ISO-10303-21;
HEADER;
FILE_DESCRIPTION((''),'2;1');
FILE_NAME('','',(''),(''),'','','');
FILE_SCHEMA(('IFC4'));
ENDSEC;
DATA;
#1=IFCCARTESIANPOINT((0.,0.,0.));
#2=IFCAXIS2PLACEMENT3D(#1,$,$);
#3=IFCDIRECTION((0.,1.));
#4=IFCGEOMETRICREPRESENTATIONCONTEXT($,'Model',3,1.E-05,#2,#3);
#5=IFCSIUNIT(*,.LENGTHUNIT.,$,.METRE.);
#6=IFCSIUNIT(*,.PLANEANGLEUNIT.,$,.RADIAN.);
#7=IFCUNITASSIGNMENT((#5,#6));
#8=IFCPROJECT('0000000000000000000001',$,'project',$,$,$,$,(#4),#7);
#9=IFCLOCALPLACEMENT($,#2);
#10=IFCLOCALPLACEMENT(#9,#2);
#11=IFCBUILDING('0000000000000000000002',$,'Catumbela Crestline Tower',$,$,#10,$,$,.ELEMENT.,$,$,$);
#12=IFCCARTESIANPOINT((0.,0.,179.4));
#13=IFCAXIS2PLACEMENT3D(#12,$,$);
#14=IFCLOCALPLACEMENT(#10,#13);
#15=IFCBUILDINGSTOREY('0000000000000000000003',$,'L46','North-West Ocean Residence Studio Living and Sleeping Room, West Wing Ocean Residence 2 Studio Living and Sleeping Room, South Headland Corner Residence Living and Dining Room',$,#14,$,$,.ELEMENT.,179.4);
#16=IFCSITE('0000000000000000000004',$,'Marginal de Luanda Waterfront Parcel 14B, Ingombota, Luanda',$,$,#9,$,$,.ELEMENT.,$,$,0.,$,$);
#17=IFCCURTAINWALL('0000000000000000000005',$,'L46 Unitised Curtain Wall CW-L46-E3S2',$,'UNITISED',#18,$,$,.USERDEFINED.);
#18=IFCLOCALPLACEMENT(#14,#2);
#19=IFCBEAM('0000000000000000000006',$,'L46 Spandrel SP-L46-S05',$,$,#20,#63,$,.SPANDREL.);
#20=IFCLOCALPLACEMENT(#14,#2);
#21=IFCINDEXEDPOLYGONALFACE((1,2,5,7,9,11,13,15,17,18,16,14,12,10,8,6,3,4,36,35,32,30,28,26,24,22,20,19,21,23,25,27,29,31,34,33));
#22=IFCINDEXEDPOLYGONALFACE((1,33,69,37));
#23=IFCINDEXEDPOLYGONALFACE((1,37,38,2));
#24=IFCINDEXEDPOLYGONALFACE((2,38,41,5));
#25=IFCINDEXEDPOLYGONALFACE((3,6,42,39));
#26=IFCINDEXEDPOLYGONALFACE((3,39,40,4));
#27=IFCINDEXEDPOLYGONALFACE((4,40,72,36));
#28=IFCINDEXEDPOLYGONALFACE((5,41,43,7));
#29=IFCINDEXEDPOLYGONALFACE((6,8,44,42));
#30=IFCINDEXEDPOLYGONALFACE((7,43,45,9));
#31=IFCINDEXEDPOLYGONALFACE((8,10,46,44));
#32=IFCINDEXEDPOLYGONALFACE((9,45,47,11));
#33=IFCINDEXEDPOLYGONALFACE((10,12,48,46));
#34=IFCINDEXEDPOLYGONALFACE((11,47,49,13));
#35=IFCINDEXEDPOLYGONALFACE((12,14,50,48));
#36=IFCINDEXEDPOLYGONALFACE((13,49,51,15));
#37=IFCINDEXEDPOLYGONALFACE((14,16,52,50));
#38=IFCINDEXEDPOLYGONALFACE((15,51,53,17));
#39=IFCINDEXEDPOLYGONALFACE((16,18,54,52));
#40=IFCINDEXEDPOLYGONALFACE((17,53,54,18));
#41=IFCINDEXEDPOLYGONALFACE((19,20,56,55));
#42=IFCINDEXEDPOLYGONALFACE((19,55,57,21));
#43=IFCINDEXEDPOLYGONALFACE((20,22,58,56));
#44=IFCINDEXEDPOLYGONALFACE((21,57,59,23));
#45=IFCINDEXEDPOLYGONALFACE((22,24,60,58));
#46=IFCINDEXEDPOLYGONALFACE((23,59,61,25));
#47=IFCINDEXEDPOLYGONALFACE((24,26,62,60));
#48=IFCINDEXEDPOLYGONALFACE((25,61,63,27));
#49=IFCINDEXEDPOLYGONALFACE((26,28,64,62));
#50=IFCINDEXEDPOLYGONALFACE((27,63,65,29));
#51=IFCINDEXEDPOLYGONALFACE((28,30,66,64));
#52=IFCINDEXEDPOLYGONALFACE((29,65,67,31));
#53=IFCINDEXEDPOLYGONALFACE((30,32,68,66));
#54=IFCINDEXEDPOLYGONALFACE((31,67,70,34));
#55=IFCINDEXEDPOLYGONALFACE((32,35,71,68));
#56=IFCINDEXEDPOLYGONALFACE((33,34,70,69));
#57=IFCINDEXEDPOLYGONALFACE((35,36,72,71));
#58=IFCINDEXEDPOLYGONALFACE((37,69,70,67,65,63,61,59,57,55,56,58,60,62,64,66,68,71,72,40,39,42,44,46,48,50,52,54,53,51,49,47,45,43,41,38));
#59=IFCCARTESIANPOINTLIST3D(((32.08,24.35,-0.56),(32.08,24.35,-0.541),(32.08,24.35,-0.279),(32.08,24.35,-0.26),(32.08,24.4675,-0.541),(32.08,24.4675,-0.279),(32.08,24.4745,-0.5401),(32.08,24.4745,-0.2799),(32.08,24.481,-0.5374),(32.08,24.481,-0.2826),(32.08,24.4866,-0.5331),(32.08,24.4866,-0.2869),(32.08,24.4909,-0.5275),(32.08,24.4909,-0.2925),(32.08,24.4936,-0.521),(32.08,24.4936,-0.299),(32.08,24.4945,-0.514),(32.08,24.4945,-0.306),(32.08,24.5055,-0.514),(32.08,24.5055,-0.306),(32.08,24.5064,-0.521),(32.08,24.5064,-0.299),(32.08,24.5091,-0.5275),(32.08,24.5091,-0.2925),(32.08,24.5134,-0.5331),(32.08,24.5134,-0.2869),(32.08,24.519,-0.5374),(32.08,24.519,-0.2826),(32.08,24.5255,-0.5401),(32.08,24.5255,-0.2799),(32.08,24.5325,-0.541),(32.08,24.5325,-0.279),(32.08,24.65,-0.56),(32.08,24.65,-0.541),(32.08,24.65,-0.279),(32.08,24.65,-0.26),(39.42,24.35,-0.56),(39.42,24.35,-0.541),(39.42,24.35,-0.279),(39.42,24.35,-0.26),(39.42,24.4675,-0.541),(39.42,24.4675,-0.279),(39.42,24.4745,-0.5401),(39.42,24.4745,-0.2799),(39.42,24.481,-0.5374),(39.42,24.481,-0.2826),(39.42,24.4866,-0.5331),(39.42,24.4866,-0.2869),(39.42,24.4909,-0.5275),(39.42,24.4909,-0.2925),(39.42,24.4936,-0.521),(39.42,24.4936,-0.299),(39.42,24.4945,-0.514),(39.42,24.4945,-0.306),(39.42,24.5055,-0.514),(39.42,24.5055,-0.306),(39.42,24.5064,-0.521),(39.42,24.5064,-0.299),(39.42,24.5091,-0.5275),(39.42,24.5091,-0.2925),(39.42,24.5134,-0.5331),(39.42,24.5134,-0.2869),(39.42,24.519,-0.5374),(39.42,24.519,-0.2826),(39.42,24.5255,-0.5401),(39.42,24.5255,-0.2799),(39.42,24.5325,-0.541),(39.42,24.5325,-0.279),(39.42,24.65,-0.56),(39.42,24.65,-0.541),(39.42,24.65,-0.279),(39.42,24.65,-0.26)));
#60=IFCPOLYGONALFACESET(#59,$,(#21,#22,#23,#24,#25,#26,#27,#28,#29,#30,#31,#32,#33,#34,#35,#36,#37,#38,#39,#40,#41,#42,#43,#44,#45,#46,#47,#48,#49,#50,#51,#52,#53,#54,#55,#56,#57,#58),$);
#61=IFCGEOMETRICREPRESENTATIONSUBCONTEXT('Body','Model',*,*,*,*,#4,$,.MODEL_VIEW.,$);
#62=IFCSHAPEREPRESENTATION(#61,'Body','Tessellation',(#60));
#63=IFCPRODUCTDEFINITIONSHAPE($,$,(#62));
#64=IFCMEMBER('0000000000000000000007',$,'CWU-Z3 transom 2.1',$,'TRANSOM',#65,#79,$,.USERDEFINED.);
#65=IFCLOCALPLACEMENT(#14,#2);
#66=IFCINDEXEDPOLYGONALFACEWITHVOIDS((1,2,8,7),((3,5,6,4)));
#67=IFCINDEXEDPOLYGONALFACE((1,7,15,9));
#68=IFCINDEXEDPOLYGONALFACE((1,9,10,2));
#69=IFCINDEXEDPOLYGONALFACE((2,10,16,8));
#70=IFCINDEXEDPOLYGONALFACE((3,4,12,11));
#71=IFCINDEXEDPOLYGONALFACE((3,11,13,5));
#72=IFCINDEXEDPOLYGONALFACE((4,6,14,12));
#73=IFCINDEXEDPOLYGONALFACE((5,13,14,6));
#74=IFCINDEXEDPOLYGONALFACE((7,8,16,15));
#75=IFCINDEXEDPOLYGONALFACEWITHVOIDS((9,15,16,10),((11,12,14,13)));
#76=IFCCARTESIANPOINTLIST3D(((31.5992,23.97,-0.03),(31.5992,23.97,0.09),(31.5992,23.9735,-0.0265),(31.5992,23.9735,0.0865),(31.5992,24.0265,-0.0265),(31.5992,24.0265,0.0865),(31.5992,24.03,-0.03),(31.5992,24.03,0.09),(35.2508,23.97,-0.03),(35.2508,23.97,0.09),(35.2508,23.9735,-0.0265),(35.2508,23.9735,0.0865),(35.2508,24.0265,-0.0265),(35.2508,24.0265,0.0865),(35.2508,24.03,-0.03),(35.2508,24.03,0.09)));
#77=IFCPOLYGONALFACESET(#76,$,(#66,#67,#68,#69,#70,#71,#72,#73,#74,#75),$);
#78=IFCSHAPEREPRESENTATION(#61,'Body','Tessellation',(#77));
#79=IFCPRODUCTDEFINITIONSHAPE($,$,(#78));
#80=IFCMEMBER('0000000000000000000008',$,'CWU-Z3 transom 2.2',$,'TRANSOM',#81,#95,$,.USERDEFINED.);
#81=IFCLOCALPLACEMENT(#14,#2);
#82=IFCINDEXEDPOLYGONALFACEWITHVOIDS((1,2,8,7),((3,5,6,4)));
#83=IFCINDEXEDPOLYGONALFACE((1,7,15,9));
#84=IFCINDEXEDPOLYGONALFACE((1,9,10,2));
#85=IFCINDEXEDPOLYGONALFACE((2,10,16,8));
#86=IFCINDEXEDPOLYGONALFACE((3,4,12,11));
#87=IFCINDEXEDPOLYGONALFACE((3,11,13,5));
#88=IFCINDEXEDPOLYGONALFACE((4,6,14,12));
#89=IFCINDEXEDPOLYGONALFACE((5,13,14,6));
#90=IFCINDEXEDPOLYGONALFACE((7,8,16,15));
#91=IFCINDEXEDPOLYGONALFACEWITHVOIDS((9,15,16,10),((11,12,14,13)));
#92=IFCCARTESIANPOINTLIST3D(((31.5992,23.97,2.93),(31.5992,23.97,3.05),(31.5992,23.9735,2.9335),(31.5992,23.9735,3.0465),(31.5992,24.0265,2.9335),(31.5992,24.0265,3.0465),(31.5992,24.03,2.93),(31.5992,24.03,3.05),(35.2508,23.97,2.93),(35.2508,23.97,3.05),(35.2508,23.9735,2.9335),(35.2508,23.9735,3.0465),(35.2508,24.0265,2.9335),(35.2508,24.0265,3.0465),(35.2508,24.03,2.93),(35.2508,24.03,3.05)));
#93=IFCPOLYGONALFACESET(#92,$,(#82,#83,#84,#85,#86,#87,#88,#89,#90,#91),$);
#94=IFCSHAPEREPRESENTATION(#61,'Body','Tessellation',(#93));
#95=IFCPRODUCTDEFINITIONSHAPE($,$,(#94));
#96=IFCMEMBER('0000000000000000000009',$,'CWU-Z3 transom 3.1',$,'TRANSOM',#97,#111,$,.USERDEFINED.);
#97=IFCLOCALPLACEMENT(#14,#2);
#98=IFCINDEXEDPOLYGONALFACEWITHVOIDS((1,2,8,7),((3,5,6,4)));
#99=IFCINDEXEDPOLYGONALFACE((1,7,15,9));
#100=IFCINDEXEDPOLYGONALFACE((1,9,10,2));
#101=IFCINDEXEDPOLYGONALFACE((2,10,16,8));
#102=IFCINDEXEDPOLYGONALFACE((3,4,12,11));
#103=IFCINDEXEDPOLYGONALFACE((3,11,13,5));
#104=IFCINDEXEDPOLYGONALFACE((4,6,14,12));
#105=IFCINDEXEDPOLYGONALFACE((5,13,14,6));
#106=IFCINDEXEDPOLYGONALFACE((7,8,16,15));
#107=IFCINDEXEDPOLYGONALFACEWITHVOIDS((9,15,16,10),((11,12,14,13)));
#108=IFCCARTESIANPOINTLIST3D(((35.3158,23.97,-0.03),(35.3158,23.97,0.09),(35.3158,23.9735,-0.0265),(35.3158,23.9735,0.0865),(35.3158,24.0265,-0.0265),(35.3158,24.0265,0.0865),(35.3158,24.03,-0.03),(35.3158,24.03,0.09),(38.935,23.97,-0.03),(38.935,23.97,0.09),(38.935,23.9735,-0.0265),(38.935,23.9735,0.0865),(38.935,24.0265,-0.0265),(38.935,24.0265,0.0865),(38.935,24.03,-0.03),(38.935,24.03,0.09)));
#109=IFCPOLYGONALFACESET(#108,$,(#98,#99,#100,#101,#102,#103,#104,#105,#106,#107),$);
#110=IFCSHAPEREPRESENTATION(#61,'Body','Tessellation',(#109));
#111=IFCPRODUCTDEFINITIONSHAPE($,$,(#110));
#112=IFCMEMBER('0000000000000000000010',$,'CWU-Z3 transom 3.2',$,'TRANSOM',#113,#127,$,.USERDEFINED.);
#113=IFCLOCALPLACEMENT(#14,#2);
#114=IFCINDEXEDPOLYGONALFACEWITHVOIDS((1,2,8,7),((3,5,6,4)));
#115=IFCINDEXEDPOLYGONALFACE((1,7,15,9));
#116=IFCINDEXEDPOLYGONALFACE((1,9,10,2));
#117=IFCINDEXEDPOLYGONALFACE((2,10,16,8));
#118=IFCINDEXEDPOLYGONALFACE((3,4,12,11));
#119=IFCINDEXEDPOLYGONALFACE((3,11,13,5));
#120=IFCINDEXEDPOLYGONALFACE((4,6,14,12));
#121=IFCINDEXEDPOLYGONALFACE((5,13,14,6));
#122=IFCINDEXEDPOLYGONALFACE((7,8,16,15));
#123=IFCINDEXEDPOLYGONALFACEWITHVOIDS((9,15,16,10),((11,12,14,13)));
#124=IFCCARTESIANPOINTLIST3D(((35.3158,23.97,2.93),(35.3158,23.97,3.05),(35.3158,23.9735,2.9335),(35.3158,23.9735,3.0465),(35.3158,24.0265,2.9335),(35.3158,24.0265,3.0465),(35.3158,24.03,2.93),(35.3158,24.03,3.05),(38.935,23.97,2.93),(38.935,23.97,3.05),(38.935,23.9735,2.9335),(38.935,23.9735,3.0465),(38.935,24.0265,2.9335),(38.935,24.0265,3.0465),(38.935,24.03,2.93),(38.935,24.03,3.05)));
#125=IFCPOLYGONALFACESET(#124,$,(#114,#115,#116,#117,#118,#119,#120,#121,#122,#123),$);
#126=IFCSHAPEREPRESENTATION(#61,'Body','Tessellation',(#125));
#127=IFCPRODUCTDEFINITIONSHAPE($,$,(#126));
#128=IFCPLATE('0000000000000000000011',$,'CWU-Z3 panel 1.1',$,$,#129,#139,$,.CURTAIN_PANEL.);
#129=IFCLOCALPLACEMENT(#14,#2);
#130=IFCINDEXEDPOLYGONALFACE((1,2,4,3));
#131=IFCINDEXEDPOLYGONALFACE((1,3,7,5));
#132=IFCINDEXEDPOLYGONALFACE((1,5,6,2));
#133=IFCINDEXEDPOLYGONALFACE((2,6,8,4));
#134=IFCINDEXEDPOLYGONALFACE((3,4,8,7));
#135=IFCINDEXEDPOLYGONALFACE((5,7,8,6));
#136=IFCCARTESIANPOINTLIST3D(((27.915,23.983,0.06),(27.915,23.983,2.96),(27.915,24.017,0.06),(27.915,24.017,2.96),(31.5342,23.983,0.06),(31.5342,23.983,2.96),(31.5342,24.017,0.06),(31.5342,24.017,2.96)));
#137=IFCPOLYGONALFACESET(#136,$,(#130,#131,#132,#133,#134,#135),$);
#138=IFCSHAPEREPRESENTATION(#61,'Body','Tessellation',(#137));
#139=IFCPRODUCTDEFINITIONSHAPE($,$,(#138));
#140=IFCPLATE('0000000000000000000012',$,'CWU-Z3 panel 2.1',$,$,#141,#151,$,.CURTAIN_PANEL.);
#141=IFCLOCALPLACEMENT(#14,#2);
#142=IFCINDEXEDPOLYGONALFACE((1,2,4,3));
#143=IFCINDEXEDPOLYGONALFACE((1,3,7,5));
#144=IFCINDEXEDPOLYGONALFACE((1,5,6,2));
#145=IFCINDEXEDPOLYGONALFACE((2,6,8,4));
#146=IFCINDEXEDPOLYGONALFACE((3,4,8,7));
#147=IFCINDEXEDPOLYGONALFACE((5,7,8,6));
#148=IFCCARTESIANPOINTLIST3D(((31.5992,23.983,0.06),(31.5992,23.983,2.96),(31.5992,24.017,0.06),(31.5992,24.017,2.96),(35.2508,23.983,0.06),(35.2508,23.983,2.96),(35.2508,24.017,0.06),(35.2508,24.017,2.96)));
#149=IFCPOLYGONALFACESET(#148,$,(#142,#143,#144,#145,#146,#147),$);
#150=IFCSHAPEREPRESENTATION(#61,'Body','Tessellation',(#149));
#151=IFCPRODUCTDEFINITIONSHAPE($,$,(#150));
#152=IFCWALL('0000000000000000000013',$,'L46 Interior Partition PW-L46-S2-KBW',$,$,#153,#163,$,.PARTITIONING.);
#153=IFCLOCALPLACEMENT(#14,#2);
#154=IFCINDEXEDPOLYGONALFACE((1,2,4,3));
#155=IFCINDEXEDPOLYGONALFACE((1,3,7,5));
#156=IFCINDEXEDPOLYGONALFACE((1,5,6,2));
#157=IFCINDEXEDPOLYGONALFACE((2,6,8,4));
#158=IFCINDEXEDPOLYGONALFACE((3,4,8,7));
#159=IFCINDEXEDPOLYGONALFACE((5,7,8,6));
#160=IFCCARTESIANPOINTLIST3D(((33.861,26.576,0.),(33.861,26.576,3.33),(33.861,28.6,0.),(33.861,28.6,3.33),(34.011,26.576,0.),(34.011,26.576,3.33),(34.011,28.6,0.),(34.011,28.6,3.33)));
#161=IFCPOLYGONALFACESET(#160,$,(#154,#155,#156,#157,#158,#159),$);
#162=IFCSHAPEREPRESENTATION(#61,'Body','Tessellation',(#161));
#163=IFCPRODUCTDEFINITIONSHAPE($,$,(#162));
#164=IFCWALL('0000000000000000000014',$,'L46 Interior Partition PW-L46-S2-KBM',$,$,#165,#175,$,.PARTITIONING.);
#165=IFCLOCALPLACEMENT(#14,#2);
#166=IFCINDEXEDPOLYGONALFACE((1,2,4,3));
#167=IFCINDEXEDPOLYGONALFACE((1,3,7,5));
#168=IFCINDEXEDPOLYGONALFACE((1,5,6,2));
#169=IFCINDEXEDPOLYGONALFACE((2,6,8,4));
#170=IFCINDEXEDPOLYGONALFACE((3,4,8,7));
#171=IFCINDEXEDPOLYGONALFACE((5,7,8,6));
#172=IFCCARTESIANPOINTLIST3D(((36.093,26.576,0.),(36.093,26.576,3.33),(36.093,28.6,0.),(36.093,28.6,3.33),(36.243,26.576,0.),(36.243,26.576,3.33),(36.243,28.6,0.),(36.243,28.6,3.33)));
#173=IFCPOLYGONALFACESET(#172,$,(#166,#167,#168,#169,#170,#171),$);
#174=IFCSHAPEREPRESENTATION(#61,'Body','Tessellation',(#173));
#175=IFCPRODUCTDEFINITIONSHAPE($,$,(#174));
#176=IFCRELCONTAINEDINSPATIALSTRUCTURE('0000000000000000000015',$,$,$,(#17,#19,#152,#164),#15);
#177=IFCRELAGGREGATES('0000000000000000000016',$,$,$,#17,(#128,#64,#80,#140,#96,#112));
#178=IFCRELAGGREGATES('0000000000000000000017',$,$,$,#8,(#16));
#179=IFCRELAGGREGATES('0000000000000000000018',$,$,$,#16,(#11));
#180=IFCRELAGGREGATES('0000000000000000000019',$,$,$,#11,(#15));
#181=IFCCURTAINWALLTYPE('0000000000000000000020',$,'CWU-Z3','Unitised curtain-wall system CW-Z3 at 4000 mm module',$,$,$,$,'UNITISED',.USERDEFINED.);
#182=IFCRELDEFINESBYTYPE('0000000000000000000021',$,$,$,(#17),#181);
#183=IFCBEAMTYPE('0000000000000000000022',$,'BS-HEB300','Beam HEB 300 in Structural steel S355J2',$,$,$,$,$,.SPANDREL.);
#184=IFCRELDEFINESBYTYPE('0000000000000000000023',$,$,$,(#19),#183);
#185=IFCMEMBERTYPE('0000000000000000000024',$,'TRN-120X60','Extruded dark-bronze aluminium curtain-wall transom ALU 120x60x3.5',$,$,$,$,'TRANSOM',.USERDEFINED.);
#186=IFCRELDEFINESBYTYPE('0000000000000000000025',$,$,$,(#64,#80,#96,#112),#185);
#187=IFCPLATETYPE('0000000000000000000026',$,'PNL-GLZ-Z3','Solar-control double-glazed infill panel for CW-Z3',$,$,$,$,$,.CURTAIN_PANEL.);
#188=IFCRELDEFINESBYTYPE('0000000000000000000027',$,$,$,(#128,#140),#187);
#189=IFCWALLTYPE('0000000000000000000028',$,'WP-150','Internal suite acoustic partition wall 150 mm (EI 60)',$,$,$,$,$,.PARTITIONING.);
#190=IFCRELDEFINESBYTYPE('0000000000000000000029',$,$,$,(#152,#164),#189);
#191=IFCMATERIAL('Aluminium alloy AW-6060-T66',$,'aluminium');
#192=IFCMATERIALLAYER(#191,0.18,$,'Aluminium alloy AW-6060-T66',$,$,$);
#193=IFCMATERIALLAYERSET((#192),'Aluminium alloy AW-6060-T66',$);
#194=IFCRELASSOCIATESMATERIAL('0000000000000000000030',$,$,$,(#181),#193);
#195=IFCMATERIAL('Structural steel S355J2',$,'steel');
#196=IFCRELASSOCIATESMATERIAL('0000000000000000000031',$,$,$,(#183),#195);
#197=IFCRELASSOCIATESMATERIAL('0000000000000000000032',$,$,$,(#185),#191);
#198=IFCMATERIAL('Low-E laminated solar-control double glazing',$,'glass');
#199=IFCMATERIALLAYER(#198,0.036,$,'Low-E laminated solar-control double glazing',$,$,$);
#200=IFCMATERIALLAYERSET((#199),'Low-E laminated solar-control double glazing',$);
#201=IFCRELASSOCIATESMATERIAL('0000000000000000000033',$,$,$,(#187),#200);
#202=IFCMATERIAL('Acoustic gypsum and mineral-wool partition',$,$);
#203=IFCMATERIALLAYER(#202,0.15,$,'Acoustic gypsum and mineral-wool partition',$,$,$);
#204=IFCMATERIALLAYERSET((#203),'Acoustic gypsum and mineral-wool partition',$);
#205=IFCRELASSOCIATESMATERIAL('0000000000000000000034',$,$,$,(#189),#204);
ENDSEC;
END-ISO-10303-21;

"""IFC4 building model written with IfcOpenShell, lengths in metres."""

from ifc_helpers import new_model, si_unit, direction, frame, frame_2d, origin, origin_2d, place, context, subcontext, project, spatial, rectangle, hollow_rectangle, i_section, extrude, material, layer, layer_set, material_profile, profile_set, type_object, element, aggregate, save


model = new_model("IFC4")

# Units and contexts
model_context = context("Model", 3, precision=1e-05, world=origin(), true_north=direction((0.0, 1.0)))
body_context = subcontext(model_context, "Body", "Model", "MODEL_VIEW")
ifc_project = project(units=[si_unit("LENGTHUNIT", "METRE"), si_unit("PLANEANGLEUNIT", "RADIAN")], contexts=[model_context])

# Site, building, storey
site_placement = place(None, origin())
site = spatial("IfcSite", under=ifc_project, at=site_placement, Name="Marginal de Luanda Waterfront Parcel 14B, Ingombota, Luanda", CompositionType="ELEMENT", RefElevation=0.0)
building_placement = place(site_placement, origin())
building = spatial("IfcBuilding", under=site, at=building_placement, Name="Catumbela Crestline Tower", CompositionType="ELEMENT")
storey_placement = place(building_placement, frame((0.0, 0.0, 179.4)))
storey = spatial("IfcBuildingStorey", under=building, at=storey_placement, Name="L46", Description="North-West Ocean Residence Studio Living and Sleeping Room, West Wing Ocean Residence 2 Studio Living and Sleeping Room, South Headland Corner Residence Living and Dining Room", CompositionType="ELEMENT", Elevation=179.4)

# Shared definitions
ifc_material_1 = material(Name="Structural steel S355J2", Category="steel")

# Curtain wall
ifc_material_2 = material(Name="Aluminium alloy AW-6060-T66", Category="aluminium")
ifc_layer_1 = layer(ifc_material_2, 0.18, Name="Aluminium alloy AW-6060-T66")
ifc_layer_set_1 = layer_set([ifc_layer_1], Name="Aluminium alloy AW-6060-T66")
curtain_wall_type = type_object("IfcCurtainWallType", Name="CWU-Z3", Description="Unitised curtain-wall system CW-Z3 at 4000 mm module", ElementType="UNITISED", PredefinedType="USERDEFINED", material=ifc_layer_set_1)
curtain_wall_placement = place(storey_placement, origin())
curtain_wall = element("IfcCurtainWall", 1, at=curtain_wall_placement, inside=storey, type_object=curtain_wall_type, Name="L46 Unitised Curtain Wall CW-L46-E3S2", ObjectType="UNITISED", PredefinedType="USERDEFINED")

# Beam
ifc_material_profile_1 = material_profile(ifc_material_1, i_section(OverallWidth=0.3, OverallDepth=0.3, WebThickness=0.011, FlangeThickness=0.019, FilletRadius=0.027, at=origin_2d()), Name="HEB 300")
ifc_profile_set_1 = profile_set([ifc_material_profile_1], Name="Structural steel S355J2")
beam_type_1 = type_object("IfcBeamType", Name="BS-HEB300", Description="Beam HEB 300 in Structural steel S355J2", PredefinedType="SPANDREL", material=ifc_profile_set_1)
beam_1_placement = place(storey_placement, frame((32.08, 24.5, -0.41), z_axis=(1.0, 0.0, 0.0), x_axis=(0.0, 1.0, 0.0)))
element("IfcBeam", 2, at=beam_1_placement, inside=storey, type_object=beam_type_1, Name="L46 Spandrel SP-L46-S05", PredefinedType="SPANDREL", context=body_context, shape_type="SweptSolid", body=[
    extrude(i_section(OverallWidth=0.3, OverallDepth=0.3, WebThickness=0.011, FlangeThickness=0.019, FilletRadius=0.027, at=origin_2d()), origin(), (0.0, 0.0, 1.0), 7.34),
])

# Members
ifc_material_profile_2 = material_profile(ifc_material_2, hollow_rectangle(XDim=0.06, YDim=0.12, WallThickness=0.0035, at=origin_2d()), Name="ALU 120x60x3.5")
ifc_profile_set_2 = profile_set([ifc_material_profile_2], Name="Aluminium alloy AW-6060-T66")
member_type_1 = type_object("IfcMemberType", Name="TRN-120X60", Description="Extruded dark-bronze aluminium curtain-wall transom ALU 120x60x3.5", ElementType="TRANSOM", PredefinedType="USERDEFINED", material=ifc_profile_set_2)
member_1_placement = place(storey_placement, frame((31.5992, 24.0, 0.03), z_axis=(1.0, 0.0, 0.0), x_axis=(0.0, 1.0, 0.0)))
member_1 = element("IfcMember", 3, at=member_1_placement, type_object=member_type_1, Name="CWU-Z3 transom 2.1", ObjectType="TRANSOM", PredefinedType="USERDEFINED", context=body_context, shape_type="SweptSolid", body=[
    extrude(hollow_rectangle(XDim=0.06, YDim=0.12, WallThickness=0.0035, at=origin_2d()), origin(), (0.0, 0.0, 1.0), 3.6516),
])
member_2_placement = place(storey_placement, frame((31.5992, 24.0, 2.99), z_axis=(1.0, 0.0, 0.0), x_axis=(0.0, 1.0, 0.0)))
member_2 = element("IfcMember", 4, at=member_2_placement, type_object=member_type_1, Name="CWU-Z3 transom 2.2", ObjectType="TRANSOM", PredefinedType="USERDEFINED", context=body_context, shape_type="SweptSolid", body=[
    extrude(hollow_rectangle(XDim=0.06, YDim=0.12, WallThickness=0.0035, at=origin_2d()), origin(), (0.0, 0.0, 1.0), 3.6516),
])
member_3_placement = place(storey_placement, frame((35.3158, 24.0, 0.03), z_axis=(1.0, 0.0, 0.0), x_axis=(0.0, 1.0, 0.0)))
member_3 = element("IfcMember", 5, at=member_3_placement, type_object=member_type_1, Name="CWU-Z3 transom 3.1", ObjectType="TRANSOM", PredefinedType="USERDEFINED", context=body_context, shape_type="SweptSolid", body=[
    extrude(hollow_rectangle(XDim=0.06, YDim=0.12, WallThickness=0.0035, at=origin_2d()), origin(), (0.0, 0.0, 1.0), 3.6192),
])
member_4_placement = place(storey_placement, frame((35.3158, 24.0, 2.99), z_axis=(1.0, 0.0, 0.0), x_axis=(0.0, 1.0, 0.0)))
member_4 = element("IfcMember", 6, at=member_4_placement, type_object=member_type_1, Name="CWU-Z3 transom 3.2", ObjectType="TRANSOM", PredefinedType="USERDEFINED", context=body_context, shape_type="SweptSolid", body=[
    extrude(hollow_rectangle(XDim=0.06, YDim=0.12, WallThickness=0.0035, at=origin_2d()), origin(), (0.0, 0.0, 1.0), 3.6192),
])

# Plates
ifc_material_3 = material(Name="Low-E laminated solar-control double glazing", Category="glass")
ifc_layer_2 = layer(ifc_material_3, 0.036, Name="Low-E laminated solar-control double glazing")
ifc_layer_set_2 = layer_set([ifc_layer_2], Name="Low-E laminated solar-control double glazing")
plate_type = type_object("IfcPlateType", Name="PNL-GLZ-Z3", Description="Solar-control double-glazed infill panel for CW-Z3", PredefinedType="CURTAIN_PANEL", material=ifc_layer_set_2)
plate_1_placement = place(storey_placement, frame((29.7246, 24.0, 0.06), z_axis=(0.0, 0.0, 1.0), x_axis=(1.0, 0.0, 0.0)))
plate_1 = element("IfcPlate", 7, at=plate_1_placement, type_object=plate_type, Name="CWU-Z3 panel 1.1", PredefinedType="CURTAIN_PANEL", context=body_context, shape_type="SweptSolid", body=[
    extrude(rectangle(XDim=3.6192, YDim=0.034, at=origin_2d()), origin(), (0.0, 0.0, 1.0), 2.9),
])
plate_2_placement = place(storey_placement, frame((33.425, 24.0, 0.06), z_axis=(0.0, 0.0, 1.0), x_axis=(1.0, 0.0, 0.0)))
plate_2 = element("IfcPlate", 8, at=plate_2_placement, type_object=plate_type, Name="CWU-Z3 panel 2.1", PredefinedType="CURTAIN_PANEL", context=body_context, shape_type="SweptSolid", body=[
    extrude(rectangle(XDim=3.6517, YDim=0.034, at=origin_2d()), origin(), (0.0, 0.0, 1.0), 2.9),
])
aggregate(curtain_wall, [plate_1, member_1, member_2, plate_2, member_3, member_4])

# Walls
ifc_material_4 = material(Name="Acoustic gypsum and mineral-wool partition")
ifc_layer_3 = layer(ifc_material_4, 0.15, Name="Acoustic gypsum and mineral-wool partition")
ifc_layer_set_3 = layer_set([ifc_layer_3], Name="Acoustic gypsum and mineral-wool partition")
wall_type_1 = type_object("IfcWallType", Name="WP-150", Description="Internal suite acoustic partition wall 150 mm (EI 60)", PredefinedType="PARTITIONING", material=ifc_layer_set_3)
for number, where, z_axis, x_axis, name in (
    (9, (33.936, 26.576, 0.0), (0.0, 0.0, 1.0), (0.0, 1.0, 0.0), "L46 Interior Partition PW-L46-S2-KBW"),
    (10, (36.168, 26.576, 0.0), (0.0, 0.0, 1.0), (0.0, 1.0, 0.0), "L46 Interior Partition PW-L46-S2-KBM"),
):
    element("IfcWall", number, at=place(storey_placement, frame(where, z_axis=z_axis, x_axis=x_axis)), inside=storey, type_object=wall_type_1, Name=name, PredefinedType="PARTITIONING", context=body_context, shape_type="SweptSolid", body=[
        extrude(rectangle(XDim=2.024, YDim=0.15, at=frame_2d((1.012, 0.0))), origin(), (0.0, 0.0, 1.0), 3.33),
    ])

save(model, "model.ifc")
